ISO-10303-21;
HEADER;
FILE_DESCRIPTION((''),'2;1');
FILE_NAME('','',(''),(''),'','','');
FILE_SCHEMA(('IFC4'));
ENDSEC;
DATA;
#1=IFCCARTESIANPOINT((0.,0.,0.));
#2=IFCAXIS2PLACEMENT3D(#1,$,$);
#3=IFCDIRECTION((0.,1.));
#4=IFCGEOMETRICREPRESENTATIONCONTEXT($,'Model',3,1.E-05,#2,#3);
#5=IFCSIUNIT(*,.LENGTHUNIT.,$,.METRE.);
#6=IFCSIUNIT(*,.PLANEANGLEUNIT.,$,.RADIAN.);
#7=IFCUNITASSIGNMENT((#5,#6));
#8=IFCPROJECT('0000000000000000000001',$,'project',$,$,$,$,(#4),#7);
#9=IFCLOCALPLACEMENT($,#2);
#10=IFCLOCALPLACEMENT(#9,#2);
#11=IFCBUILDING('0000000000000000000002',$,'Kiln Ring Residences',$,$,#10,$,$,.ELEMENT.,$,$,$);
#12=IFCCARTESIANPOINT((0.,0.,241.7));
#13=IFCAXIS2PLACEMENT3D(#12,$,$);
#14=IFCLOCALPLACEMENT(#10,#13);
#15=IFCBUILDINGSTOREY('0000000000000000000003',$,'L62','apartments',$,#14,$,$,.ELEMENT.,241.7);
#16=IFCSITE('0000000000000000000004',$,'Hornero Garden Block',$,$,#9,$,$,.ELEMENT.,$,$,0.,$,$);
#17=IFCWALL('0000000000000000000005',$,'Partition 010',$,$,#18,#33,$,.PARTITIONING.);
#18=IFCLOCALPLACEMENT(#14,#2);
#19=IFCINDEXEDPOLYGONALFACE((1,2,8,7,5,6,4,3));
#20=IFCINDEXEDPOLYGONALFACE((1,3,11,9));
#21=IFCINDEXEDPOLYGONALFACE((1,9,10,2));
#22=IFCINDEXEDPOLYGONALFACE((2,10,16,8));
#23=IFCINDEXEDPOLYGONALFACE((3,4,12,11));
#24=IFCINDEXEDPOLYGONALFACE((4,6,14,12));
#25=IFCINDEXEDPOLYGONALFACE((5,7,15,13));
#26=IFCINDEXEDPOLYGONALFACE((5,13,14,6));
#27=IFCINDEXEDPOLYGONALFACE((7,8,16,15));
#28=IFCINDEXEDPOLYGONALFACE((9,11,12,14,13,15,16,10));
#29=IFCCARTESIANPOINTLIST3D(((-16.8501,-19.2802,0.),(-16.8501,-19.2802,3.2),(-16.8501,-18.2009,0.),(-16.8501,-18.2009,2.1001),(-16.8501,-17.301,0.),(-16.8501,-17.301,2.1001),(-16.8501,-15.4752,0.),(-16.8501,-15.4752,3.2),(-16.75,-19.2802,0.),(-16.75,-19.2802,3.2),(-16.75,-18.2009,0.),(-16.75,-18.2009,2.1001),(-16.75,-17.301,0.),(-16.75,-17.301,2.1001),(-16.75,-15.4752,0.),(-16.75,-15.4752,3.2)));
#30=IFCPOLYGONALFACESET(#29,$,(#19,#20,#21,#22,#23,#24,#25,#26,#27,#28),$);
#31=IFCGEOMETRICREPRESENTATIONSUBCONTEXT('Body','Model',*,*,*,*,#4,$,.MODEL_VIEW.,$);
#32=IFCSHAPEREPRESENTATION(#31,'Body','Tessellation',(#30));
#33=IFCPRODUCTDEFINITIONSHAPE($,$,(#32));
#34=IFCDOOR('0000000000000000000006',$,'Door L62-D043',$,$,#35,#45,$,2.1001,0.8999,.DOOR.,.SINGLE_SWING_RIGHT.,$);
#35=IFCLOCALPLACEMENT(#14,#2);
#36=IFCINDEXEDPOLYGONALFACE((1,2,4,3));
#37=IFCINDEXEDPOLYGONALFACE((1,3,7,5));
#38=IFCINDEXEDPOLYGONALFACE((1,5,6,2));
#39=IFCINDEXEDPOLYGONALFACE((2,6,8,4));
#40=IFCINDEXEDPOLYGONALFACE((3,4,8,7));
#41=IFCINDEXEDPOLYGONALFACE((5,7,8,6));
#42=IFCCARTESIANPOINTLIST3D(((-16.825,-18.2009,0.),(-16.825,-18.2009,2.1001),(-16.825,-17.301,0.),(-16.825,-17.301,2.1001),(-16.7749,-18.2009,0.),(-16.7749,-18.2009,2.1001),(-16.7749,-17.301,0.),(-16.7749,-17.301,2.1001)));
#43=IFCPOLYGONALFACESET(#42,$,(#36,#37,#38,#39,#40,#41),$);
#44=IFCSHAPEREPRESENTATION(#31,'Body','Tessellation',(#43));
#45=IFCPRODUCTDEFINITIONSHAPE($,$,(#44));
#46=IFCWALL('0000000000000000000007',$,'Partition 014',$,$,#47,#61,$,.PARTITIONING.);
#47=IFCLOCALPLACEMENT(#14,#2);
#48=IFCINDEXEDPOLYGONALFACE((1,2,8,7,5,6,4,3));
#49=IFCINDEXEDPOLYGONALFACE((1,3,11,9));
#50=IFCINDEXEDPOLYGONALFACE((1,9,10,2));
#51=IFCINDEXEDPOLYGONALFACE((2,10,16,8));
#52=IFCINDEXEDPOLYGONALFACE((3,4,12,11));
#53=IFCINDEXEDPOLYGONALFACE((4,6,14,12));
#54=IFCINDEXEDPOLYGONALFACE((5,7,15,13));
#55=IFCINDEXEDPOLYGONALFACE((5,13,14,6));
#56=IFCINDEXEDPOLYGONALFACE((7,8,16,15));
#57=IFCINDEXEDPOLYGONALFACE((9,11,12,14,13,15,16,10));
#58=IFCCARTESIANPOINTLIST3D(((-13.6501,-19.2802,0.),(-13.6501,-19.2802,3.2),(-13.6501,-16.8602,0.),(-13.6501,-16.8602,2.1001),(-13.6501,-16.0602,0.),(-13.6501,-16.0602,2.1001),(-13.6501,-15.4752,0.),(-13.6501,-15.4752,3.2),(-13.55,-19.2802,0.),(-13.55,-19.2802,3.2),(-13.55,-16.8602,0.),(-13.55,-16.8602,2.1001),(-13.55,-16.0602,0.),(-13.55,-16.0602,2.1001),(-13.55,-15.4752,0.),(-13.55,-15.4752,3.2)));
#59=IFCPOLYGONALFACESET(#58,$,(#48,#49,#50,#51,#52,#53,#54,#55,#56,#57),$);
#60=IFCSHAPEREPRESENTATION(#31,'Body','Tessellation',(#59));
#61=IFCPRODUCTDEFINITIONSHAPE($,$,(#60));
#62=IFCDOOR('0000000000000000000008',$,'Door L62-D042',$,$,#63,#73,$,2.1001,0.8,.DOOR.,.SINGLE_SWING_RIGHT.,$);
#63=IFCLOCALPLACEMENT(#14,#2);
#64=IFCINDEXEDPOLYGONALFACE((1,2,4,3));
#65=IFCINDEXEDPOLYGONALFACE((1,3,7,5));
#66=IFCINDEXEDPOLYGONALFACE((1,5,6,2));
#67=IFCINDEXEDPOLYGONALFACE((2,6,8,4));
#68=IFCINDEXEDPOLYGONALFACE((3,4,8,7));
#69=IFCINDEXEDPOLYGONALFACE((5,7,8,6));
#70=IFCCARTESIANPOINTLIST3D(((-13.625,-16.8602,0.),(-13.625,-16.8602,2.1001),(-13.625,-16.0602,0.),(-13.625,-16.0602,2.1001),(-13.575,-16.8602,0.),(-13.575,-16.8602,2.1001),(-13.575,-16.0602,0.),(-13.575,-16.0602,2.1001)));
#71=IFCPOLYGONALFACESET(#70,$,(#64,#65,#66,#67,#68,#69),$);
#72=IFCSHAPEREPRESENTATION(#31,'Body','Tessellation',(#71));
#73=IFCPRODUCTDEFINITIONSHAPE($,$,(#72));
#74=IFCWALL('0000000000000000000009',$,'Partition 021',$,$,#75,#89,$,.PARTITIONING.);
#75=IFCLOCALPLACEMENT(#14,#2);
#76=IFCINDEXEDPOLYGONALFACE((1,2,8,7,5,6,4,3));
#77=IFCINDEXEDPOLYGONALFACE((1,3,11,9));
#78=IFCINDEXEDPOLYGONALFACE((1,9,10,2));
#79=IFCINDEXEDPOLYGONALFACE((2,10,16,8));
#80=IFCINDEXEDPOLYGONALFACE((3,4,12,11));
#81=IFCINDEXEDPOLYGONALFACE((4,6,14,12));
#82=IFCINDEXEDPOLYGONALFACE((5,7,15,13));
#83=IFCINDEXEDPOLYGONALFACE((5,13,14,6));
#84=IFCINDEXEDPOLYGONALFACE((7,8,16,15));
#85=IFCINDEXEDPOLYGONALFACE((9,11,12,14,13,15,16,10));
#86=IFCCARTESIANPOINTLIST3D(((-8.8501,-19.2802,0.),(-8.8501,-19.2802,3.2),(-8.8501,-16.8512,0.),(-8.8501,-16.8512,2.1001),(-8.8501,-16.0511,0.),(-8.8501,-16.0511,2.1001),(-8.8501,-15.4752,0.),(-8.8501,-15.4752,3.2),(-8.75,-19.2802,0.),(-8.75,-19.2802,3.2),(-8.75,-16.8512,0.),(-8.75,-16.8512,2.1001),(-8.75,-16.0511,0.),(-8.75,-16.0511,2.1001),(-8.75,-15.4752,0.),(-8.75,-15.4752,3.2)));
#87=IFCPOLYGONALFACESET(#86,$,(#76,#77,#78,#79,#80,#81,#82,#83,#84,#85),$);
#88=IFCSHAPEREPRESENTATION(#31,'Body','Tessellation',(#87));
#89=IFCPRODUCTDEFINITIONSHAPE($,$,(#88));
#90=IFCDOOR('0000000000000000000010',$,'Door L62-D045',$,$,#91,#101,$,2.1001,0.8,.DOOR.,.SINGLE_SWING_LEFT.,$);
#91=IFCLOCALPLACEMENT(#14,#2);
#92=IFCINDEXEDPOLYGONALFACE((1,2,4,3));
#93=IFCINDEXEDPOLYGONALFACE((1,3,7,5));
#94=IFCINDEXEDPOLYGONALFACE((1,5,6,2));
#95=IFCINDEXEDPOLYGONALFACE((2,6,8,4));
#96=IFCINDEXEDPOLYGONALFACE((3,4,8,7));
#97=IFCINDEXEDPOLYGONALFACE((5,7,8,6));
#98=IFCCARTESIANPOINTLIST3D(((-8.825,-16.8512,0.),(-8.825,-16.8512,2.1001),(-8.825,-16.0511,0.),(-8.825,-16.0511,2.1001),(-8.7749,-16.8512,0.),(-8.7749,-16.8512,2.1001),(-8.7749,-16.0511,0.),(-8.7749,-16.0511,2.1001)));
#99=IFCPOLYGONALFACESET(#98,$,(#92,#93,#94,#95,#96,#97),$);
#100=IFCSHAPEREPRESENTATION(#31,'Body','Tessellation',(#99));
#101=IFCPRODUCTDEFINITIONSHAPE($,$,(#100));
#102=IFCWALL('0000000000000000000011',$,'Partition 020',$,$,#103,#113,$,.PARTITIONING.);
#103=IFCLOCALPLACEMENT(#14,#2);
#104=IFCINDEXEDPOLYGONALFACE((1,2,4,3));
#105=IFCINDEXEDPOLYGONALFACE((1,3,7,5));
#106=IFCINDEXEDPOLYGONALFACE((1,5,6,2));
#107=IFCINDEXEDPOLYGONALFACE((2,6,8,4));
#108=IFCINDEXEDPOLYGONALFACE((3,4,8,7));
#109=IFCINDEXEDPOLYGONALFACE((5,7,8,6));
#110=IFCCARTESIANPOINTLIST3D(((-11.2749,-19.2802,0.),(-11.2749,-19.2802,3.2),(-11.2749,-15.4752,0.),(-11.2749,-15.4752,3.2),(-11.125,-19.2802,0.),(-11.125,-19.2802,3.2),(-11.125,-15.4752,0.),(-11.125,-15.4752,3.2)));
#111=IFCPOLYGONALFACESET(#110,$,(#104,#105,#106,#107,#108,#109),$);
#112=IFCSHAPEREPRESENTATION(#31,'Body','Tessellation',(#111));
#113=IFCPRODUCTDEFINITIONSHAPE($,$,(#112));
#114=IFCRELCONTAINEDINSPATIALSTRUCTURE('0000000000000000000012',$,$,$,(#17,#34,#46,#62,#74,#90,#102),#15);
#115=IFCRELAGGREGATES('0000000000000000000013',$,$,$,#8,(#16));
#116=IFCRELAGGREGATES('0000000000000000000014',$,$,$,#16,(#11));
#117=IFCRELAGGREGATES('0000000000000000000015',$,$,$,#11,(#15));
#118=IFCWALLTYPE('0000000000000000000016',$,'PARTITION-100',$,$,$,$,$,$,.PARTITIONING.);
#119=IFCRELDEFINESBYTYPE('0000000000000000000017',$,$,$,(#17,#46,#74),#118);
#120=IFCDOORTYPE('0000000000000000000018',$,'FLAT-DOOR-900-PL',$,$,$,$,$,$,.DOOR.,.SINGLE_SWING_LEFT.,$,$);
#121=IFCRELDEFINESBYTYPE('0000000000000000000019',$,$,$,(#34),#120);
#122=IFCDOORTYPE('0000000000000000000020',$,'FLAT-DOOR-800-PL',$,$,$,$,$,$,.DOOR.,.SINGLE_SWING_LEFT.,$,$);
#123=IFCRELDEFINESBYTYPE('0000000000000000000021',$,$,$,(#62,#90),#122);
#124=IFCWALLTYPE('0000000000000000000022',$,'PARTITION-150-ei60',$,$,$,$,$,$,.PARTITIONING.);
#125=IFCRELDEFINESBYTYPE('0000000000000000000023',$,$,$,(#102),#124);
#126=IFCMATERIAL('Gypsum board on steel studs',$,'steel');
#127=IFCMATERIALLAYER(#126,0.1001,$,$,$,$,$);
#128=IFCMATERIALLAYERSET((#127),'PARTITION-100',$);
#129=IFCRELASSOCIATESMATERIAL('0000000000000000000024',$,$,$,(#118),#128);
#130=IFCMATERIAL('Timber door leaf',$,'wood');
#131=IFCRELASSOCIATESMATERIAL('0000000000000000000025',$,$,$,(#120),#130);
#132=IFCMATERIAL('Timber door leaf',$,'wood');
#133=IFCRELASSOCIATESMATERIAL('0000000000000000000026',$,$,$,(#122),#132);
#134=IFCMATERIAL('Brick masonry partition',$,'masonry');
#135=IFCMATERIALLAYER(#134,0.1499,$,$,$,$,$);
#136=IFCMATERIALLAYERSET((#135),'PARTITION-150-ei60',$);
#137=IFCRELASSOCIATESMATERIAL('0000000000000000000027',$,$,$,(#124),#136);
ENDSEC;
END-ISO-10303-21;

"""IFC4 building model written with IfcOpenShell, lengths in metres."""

from ifc_helpers import new_model, si_unit, direction, frame, frame_2d, origin, place, context, subcontext, project, spatial, rectangle, extrude, material, layer, layer_set, type_object, element, fill, save


model = new_model("IFC4")

# Units and contexts
model_context = context("Model", 3, precision=1e-05, world=origin(), true_north=direction((0.0, 1.0)))
body_context = subcontext(model_context, "Body", "Model", "MODEL_VIEW")
ifc_project = project(units=[si_unit("LENGTHUNIT", "METRE"), si_unit("PLANEANGLEUNIT", "RADIAN")], contexts=[model_context])

# Site, building, storey
site_placement = place(None, origin())
site = spatial("IfcSite", under=ifc_project, at=site_placement, Name="Hornero Garden Block", CompositionType="ELEMENT", RefElevation=0.0)
building_placement = place(site_placement, origin())
building = spatial("IfcBuilding", under=site, at=building_placement, Name="Kiln Ring Residences", CompositionType="ELEMENT")
storey_placement = place(building_placement, frame((0.0, 0.0, 241.7)))
storey = spatial("IfcBuildingStorey", under=building, at=storey_placement, Name="L62", Description="apartments", CompositionType="ELEMENT", Elevation=241.7)

# Walls, openings, doors
ifc_material_1 = material(Name="Gypsum board on steel studs", Category="steel")
ifc_layer_1 = layer(ifc_material_1, 0.1001)
ifc_layer_set_1 = layer_set([ifc_layer_1], Name="PARTITION-100")
wall_type_1 = type_object("IfcWallType", Name="PARTITION-100", PredefinedType="PARTITIONING", material=ifc_layer_set_1)
wall_1_placement = place(storey_placement, frame((-16.8, -19.28, 0.0), z_axis=(0.0, 0.0, 1.0), x_axis=(0.0, 1.0, 0.0)))
wall_1 = element("IfcWall", 1, at=wall_1_placement, inside=storey, type_object=wall_type_1, Name="Partition 010", PredefinedType="PARTITIONING", context=body_context, shape_type="SweptSolid", body=[
    extrude(rectangle(XDim=3.8049, YDim=0.1001, at=frame_2d((1.9023, 0.0))), origin(), (0.0, 0.0, 1.0), 3.2),
])
opening_1_placement = place(wall_1_placement, frame((1.0791, 0.0, 0.0)))
opening_1 = element("IfcOpeningElement", 2, at=opening_1_placement, cuts=wall_1, PredefinedType="OPENING", context=body_context, shape_type="SweptSolid", body=[
    extrude(rectangle(XDim=0.8999, YDim=2.1001, at=frame_2d((0.45, 1.05))), frame((0.0, 0.0601, 0.0), z_axis=(0.0, -1.0, 0.0), x_axis=(1.0, 0.0, 0.0)), (0.0, 0.0, 1.0), 0.1201),
])
ifc_material_2 = material(Name="Timber door leaf", Category="wood")
door_type_1 = type_object("IfcDoorType", Name="FLAT-DOOR-900-PL", OperationType="SINGLE_SWING_LEFT", PredefinedType="DOOR", material=ifc_material_2)
door_1_placement = place(opening_1_placement, origin())
door_1 = element("IfcDoor", 3, at=door_1_placement, inside=storey, type_object=door_type_1, Name="Door L62-D043", OperationType="SINGLE_SWING_RIGHT", OverallHeight=2.1001, OverallWidth=0.8999, PredefinedType="DOOR", context=body_context, shape_type="SweptSolid", body=[
    extrude(rectangle(XDim=0.8999, YDim=2.1001, at=frame_2d((0.45, 1.05))), frame((0.0, 0.0249, 0.0), z_axis=(0.0, -1.0, 0.0), x_axis=(1.0, 0.0, 0.0)), (0.0, 0.0, 1.0), 0.05),
])
fill(opening_1, door_1)
wall_2_placement = place(storey_placement, frame((-13.6001, -19.28, 0.0), z_axis=(0.0, 0.0, 1.0), x_axis=(0.0, 1.0, 0.0)))
wall_2 = element("IfcWall", 4, at=wall_2_placement, inside=storey, type_object=wall_type_1, Name="Partition 014", PredefinedType="PARTITIONING", context=body_context, shape_type="SweptSolid", body=[
    extrude(rectangle(XDim=3.8049, YDim=0.1001, at=frame_2d((1.9023, 0.0))), origin(), (0.0, 0.0, 1.0), 3.2),
])
opening_2_placement = place(wall_2_placement, frame((2.4199, 0.0, 0.0)))
opening_2 = element("IfcOpeningElement", 5, at=opening_2_placement, cuts=wall_2, PredefinedType="OPENING", context=body_context, shape_type="SweptSolid", body=[
    extrude(rectangle(XDim=0.8, YDim=2.1001, at=frame_2d((0.3999, 1.05))), frame((0.0, 0.0601, 0.0), z_axis=(0.0, -1.0, 0.0), x_axis=(1.0, 0.0, 0.0)), (0.0, 0.0, 1.0), 0.1201),
])
ifc_material_3 = material(Name="Timber door leaf", Category="wood")
door_type_2 = type_object("IfcDoorType", Name="FLAT-DOOR-800-PL", OperationType="SINGLE_SWING_LEFT", PredefinedType="DOOR", material=ifc_material_3)
door_2_placement = place(opening_2_placement, origin())
door_2 = element("IfcDoor", 6, at=door_2_placement, inside=storey, type_object=door_type_2, Name="Door L62-D042", OperationType="SINGLE_SWING_RIGHT", OverallHeight=2.1001, OverallWidth=0.8, PredefinedType="DOOR", context=body_context, shape_type="SweptSolid", body=[
    extrude(rectangle(XDim=0.8, YDim=2.1001, at=frame_2d((0.3999, 1.05))), frame((0.0, 0.0249, 0.0), z_axis=(0.0, -1.0, 0.0), x_axis=(1.0, 0.0, 0.0)), (0.0, 0.0, 1.0), 0.05),
])
fill(opening_2, door_2)
wall_3_placement = place(storey_placement, frame((-8.8, -19.28, 0.0), z_axis=(0.0, 0.0, 1.0), x_axis=(0.0, 1.0, 0.0)))
wall_3 = element("IfcWall", 7, at=wall_3_placement, inside=storey, type_object=wall_type_1, Name="Partition 021", PredefinedType="PARTITIONING", context=body_context, shape_type="SweptSolid", body=[
    extrude(rectangle(XDim=3.8049, YDim=0.1001, at=frame_2d((1.9023, 0.0))), origin(), (0.0, 0.0, 1.0), 3.2),
])
opening_3_placement = place(wall_3_placement, frame((2.429, 0.0, 0.0)))
opening_3 = element("IfcOpeningElement", 8, at=opening_3_placement, cuts=wall_3, PredefinedType="OPENING", context=body_context, shape_type="SweptSolid", body=[
    extrude(rectangle(XDim=0.8, YDim=2.1001, at=frame_2d((0.3999, 1.05))), frame((0.0, 0.0601, 0.0), z_axis=(0.0, -1.0, 0.0), x_axis=(1.0, 0.0, 0.0)), (0.0, 0.0, 1.0), 0.1201),
])
door_3_placement = place(opening_3_placement, origin())
door_3 = element("IfcDoor", 9, at=door_3_placement, inside=storey, type_object=door_type_2, Name="Door L62-D045", OperationType="SINGLE_SWING_LEFT", OverallHeight=2.1001, OverallWidth=0.8, PredefinedType="DOOR", context=body_context, shape_type="SweptSolid", body=[
    extrude(rectangle(XDim=0.8, YDim=2.1001, at=frame_2d((0.3999, 1.05))), frame((0.0, 0.0249, 0.0), z_axis=(0.0, -1.0, 0.0), x_axis=(1.0, 0.0, 0.0)), (0.0, 0.0, 1.0), 0.05),
])
fill(opening_3, door_3)

# Wall
ifc_material_4 = material(Name="Brick masonry partition", Category="masonry")
ifc_layer_2 = layer(ifc_material_4, 0.1499)
ifc_layer_set_2 = layer_set([ifc_layer_2], Name="PARTITION-150-ei60")
wall_type_2 = type_object("IfcWallType", Name="PARTITION-150-ei60", PredefinedType="PARTITIONING", material=ifc_layer_set_2)
wall_4_placement = place(storey_placement, frame((-11.2, -19.28, 0.0), z_axis=(0.0, 0.0, 1.0), x_axis=(0.0, 1.0, 0.0)))
element("IfcWall", 10, at=wall_4_placement, inside=storey, type_object=wall_type_2, Name="Partition 020", PredefinedType="PARTITIONING", context=body_context, shape_type="SweptSolid", body=[
    extrude(rectangle(XDim=3.8049, YDim=0.1499, at=frame_2d((1.9023, 0.0))), origin(), (0.0, 0.0, 1.0), 3.2),
])

save(model, "model.ifc")
